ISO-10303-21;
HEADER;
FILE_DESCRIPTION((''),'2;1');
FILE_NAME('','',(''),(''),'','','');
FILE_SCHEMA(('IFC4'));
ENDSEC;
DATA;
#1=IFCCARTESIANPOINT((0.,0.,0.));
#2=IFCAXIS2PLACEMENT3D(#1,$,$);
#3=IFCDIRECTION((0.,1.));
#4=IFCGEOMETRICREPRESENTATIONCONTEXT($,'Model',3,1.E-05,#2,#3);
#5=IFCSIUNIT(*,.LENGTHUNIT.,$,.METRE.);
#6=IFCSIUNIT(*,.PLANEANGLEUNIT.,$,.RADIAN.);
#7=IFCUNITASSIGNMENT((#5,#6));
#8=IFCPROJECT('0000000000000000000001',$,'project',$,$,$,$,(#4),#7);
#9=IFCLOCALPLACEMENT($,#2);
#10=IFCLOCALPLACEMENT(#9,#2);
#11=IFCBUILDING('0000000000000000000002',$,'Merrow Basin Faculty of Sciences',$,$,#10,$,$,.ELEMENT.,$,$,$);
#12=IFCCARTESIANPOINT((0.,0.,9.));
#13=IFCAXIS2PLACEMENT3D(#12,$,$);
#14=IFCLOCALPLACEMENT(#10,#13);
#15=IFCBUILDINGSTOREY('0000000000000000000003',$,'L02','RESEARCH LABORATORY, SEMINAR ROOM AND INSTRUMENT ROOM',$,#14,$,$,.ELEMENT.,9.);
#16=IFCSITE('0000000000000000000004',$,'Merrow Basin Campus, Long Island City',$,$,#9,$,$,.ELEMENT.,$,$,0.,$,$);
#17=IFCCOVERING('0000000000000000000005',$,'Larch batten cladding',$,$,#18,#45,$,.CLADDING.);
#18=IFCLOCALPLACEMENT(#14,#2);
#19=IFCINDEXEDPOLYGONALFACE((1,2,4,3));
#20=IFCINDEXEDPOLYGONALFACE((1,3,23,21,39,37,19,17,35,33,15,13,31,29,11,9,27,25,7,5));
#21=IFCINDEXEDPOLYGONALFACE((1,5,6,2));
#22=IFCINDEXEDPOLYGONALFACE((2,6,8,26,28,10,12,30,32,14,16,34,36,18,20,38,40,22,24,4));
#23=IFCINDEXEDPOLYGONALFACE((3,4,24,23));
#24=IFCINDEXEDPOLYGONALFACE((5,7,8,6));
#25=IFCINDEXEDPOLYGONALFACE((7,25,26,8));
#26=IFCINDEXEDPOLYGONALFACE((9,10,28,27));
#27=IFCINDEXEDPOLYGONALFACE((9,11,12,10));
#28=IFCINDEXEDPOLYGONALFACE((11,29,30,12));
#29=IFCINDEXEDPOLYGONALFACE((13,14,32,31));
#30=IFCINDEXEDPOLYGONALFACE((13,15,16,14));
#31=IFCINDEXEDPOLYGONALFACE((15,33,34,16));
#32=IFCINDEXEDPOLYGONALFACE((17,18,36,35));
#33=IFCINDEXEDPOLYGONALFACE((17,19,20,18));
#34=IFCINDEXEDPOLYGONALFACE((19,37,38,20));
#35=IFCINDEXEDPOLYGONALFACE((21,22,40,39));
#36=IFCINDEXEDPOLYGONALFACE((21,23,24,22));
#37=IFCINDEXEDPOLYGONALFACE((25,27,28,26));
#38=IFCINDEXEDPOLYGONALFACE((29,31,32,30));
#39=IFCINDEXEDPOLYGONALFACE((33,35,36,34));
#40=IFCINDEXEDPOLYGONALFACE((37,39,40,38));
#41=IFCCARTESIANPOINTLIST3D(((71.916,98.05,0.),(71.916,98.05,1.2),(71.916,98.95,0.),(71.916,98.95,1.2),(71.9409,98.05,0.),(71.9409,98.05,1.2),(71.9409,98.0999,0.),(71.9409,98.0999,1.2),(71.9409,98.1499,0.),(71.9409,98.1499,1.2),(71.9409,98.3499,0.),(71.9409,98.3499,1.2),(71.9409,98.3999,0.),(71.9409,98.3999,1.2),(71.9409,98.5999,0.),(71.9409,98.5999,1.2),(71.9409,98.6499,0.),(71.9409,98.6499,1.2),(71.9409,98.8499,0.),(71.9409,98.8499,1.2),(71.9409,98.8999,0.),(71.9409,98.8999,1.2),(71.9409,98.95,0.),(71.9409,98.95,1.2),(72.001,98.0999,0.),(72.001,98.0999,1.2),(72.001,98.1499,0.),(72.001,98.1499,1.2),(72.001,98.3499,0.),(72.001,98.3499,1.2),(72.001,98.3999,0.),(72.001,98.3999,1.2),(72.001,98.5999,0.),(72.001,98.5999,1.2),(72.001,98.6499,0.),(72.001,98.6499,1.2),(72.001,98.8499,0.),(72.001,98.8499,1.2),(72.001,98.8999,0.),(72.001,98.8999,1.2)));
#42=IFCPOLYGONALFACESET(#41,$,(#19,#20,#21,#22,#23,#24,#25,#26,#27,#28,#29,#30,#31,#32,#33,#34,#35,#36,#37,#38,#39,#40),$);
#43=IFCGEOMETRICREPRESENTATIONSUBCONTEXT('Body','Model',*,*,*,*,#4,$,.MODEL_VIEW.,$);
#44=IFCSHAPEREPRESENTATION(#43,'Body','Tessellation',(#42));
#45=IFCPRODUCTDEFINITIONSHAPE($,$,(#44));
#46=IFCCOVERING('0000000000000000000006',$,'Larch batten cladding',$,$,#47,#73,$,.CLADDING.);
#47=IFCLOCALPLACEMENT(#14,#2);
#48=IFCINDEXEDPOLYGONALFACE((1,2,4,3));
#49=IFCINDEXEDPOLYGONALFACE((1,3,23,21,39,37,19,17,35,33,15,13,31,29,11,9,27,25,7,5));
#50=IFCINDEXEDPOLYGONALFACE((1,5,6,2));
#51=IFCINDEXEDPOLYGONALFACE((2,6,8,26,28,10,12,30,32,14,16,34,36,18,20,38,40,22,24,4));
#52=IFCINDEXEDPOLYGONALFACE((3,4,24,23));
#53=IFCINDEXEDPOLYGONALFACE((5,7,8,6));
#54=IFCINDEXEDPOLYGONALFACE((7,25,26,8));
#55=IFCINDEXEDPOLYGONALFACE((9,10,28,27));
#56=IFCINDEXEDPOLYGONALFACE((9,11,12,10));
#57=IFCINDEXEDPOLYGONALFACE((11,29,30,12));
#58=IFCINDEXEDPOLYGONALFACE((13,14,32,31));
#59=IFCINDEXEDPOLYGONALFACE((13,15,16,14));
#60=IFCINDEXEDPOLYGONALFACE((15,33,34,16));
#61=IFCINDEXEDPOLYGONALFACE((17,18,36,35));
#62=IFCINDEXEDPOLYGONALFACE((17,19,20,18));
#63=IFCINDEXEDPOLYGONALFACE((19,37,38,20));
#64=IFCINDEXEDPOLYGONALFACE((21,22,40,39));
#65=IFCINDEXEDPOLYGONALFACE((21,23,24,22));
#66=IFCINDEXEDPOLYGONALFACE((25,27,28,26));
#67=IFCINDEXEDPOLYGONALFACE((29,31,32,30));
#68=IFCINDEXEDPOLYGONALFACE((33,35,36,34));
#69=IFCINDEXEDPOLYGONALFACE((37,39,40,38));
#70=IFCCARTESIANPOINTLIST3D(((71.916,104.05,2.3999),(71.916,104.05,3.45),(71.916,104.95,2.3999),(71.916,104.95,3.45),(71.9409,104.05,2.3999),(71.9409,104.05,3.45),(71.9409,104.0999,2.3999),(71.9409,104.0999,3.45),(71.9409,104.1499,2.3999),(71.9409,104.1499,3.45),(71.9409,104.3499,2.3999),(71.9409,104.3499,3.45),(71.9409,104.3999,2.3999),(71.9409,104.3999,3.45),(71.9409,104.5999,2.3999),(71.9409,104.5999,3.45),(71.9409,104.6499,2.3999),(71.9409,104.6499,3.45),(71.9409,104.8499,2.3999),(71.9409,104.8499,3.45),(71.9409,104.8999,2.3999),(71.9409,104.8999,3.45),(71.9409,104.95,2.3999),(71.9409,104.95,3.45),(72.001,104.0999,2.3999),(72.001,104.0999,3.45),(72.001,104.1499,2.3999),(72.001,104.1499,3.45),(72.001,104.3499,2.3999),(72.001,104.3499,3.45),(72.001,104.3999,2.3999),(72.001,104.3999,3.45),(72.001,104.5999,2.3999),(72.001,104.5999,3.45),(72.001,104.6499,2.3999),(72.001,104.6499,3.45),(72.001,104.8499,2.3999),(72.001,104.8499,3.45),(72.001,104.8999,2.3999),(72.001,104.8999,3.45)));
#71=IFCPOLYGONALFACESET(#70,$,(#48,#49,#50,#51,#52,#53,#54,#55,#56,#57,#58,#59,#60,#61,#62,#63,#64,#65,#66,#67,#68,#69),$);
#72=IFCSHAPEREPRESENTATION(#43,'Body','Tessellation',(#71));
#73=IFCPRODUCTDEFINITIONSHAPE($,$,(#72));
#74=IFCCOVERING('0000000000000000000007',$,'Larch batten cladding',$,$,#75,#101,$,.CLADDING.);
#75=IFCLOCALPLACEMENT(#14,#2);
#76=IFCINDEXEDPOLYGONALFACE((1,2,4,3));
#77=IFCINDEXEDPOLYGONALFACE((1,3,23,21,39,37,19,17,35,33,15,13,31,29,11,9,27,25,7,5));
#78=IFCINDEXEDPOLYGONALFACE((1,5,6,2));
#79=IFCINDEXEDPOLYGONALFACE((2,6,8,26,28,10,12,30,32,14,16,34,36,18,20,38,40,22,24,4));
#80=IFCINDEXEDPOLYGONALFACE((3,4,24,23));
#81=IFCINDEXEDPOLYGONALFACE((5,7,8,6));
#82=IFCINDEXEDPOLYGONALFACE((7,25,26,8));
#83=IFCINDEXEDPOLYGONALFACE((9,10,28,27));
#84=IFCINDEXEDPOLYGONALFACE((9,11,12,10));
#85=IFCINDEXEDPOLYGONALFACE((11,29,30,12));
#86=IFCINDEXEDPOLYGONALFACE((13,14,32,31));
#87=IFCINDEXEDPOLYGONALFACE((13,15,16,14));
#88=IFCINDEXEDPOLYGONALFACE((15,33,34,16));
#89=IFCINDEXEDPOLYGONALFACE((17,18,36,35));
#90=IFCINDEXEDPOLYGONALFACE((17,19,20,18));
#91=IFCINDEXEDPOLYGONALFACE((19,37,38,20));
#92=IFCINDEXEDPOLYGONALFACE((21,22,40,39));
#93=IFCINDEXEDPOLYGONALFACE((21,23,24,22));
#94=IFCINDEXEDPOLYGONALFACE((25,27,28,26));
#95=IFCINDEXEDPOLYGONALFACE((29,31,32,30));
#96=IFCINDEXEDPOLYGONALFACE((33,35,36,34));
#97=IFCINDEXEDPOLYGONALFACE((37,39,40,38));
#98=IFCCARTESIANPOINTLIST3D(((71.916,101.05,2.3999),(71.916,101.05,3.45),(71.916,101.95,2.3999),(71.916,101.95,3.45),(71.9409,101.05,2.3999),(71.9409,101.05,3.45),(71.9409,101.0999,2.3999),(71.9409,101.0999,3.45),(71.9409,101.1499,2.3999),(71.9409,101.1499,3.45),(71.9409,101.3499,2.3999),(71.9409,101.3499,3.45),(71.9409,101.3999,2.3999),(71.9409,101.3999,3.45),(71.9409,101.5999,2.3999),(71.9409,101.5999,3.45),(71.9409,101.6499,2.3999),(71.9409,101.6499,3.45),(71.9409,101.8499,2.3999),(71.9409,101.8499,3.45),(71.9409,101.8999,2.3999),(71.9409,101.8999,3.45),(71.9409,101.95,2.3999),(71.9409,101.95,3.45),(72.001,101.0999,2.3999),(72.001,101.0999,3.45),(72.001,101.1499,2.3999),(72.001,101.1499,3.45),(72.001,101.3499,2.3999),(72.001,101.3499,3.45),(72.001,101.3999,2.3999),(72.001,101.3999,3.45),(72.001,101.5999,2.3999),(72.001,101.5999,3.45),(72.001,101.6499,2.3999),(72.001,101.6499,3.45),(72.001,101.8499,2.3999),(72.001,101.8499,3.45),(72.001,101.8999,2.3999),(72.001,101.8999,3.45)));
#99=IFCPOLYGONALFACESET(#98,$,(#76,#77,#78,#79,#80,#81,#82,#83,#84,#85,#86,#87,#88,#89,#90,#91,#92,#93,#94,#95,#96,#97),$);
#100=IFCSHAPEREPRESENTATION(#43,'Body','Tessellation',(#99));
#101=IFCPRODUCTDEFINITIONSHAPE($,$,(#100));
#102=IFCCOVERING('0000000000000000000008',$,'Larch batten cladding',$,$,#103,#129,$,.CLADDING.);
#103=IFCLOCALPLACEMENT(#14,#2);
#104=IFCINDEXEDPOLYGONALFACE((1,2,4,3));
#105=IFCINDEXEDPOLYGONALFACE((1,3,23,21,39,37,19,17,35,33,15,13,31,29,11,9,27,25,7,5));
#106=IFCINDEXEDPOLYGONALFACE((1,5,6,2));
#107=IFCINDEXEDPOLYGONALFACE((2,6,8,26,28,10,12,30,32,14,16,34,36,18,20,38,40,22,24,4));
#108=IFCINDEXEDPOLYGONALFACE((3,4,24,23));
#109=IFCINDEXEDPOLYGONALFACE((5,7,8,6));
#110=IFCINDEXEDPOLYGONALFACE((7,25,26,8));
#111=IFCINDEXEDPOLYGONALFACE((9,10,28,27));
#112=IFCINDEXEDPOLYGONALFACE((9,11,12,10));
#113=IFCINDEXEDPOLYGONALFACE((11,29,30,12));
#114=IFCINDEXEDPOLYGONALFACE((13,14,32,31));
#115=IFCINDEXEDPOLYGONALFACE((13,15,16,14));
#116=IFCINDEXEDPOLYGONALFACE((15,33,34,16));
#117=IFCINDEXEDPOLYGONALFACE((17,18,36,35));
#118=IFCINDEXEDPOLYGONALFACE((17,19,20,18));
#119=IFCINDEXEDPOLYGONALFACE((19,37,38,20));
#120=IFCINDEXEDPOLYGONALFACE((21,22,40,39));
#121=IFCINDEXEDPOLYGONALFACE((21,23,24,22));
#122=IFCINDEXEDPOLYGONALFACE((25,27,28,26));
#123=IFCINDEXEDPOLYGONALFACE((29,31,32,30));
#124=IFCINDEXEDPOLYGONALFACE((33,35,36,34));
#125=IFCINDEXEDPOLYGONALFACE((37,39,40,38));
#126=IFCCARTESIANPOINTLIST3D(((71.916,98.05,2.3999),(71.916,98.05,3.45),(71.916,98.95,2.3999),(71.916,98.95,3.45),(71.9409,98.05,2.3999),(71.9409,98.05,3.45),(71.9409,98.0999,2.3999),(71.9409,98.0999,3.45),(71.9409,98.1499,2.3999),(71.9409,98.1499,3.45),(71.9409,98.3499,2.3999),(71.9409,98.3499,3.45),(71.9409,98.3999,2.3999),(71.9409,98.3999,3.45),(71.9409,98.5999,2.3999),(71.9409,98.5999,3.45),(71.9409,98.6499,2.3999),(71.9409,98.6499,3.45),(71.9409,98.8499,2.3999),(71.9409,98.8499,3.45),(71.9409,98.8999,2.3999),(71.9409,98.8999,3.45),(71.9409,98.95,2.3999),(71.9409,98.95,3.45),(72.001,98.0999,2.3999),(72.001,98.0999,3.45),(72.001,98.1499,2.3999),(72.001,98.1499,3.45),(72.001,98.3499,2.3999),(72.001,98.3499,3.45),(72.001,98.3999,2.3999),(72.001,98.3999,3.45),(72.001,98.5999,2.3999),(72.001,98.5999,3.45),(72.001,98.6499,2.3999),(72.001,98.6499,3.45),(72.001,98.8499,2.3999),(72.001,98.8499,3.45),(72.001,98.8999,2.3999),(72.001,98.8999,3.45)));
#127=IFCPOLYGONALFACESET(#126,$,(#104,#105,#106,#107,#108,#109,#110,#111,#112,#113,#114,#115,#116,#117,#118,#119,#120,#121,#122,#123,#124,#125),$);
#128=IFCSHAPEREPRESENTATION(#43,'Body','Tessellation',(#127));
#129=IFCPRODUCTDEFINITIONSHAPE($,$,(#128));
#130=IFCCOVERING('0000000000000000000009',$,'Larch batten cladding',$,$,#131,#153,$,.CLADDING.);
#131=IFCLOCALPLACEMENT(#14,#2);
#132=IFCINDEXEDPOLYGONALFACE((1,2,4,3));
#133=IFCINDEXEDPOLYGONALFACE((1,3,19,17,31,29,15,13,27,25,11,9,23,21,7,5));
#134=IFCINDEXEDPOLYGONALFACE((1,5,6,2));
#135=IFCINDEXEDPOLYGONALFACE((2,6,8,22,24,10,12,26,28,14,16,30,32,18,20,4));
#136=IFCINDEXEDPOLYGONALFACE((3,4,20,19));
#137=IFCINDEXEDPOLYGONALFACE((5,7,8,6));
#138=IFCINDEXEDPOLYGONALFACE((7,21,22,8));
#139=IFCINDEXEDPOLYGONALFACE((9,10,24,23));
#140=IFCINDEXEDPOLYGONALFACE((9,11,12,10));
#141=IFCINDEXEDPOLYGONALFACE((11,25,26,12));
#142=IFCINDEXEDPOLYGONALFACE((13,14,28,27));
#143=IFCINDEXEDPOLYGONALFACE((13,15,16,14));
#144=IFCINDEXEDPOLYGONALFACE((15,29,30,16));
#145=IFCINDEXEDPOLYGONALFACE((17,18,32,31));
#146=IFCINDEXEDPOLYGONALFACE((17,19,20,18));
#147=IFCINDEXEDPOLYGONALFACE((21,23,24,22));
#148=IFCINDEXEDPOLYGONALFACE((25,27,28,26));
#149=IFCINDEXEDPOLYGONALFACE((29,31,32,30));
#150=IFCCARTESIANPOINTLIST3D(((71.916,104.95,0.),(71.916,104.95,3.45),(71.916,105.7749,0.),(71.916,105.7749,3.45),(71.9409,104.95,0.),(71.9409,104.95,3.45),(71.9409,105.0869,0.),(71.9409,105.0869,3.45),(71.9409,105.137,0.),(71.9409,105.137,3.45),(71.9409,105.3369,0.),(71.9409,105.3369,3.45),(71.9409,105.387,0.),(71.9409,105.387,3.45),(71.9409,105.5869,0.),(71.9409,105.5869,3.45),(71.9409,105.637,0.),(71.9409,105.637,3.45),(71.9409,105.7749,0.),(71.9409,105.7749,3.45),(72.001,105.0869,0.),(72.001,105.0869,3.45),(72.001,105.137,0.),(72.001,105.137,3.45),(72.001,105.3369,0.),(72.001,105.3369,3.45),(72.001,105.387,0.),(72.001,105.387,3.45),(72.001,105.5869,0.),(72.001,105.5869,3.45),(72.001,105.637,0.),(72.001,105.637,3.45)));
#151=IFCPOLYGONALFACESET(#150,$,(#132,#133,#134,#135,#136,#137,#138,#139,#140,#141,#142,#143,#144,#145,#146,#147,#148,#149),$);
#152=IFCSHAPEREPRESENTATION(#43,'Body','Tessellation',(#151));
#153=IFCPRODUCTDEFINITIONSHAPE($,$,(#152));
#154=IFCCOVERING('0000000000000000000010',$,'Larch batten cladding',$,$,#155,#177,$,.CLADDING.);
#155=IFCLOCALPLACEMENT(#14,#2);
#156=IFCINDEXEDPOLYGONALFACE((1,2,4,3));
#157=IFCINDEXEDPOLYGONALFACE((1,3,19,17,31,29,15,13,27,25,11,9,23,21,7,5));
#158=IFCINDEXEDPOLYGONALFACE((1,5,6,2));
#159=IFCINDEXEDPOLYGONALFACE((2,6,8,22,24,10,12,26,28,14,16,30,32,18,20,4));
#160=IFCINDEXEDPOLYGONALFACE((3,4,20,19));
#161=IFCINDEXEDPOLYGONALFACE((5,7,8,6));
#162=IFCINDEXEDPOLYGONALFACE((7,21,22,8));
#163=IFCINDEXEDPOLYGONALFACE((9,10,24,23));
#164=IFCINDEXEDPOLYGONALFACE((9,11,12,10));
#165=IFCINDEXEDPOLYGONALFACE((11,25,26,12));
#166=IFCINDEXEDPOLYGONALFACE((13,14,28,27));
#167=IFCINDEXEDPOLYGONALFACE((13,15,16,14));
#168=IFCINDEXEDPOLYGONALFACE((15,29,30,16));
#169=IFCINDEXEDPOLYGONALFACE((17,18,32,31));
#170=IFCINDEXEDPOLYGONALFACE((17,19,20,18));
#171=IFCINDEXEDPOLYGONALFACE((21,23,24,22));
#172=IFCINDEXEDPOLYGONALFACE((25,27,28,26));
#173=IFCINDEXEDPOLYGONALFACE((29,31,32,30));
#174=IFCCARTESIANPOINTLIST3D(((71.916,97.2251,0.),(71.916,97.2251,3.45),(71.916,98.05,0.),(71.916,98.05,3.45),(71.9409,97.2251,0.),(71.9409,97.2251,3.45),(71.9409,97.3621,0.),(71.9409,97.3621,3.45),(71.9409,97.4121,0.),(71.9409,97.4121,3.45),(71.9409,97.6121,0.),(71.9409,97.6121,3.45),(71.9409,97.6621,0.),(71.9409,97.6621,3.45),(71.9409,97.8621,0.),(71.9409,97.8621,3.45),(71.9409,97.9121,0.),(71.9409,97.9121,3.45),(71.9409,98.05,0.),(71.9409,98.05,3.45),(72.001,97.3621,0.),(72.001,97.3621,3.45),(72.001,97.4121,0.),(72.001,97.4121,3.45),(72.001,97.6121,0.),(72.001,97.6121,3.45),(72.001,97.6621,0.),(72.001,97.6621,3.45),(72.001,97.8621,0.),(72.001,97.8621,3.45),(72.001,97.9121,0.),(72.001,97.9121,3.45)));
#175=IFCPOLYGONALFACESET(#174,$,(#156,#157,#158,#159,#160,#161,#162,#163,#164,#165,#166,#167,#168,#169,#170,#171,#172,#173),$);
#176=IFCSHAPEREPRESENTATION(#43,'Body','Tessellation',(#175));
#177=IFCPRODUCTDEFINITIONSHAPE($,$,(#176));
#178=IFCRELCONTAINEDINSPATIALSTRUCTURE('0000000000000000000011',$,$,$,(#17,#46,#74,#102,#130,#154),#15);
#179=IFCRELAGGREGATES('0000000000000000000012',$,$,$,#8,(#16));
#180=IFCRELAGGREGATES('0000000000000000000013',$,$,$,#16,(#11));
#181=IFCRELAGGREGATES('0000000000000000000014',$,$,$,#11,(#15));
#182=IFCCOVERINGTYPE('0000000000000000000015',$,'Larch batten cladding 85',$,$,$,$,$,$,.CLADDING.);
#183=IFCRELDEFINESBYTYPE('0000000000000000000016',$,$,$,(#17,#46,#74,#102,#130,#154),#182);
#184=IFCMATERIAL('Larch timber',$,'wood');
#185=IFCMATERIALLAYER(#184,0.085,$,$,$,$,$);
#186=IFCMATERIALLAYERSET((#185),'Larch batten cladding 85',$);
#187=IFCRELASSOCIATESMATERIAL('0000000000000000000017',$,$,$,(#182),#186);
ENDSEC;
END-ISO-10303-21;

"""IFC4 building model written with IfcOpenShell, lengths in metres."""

from ifc_helpers import new_model, si_unit, direction, frame, origin, place, context, subcontext, project, spatial, polyline, outline, extrude, source, transform, mapped, material, layer, layer_set, type_object, element, save


model = new_model("IFC4")

# Units and contexts
model_context = context("Model", 3, precision=1e-05, world=origin(), true_north=direction((0.0, 1.0)))
body_context = subcontext(model_context, "Body", "Model", "MODEL_VIEW")
ifc_project = project(units=[si_unit("LENGTHUNIT", "METRE"), si_unit("PLANEANGLEUNIT", "RADIAN")], contexts=[model_context])

# Site, building, storey
site_placement = place(None, origin())
site = spatial("IfcSite", under=ifc_project, at=site_placement, Name="Merrow Basin Campus, Long Island City", CompositionType="ELEMENT", RefElevation=0.0)
building_placement = place(site_placement, origin())
building = spatial("IfcBuilding", under=site, at=building_placement, Name="Merrow Basin Faculty of Sciences", CompositionType="ELEMENT")
storey_placement = place(building_placement, frame((0.0, 0.0, 9.0)))
storey = spatial("IfcBuildingStorey", under=building, at=storey_placement, Name="L02", Description="RESEARCH LABORATORY, SEMINAR ROOM AND INSTRUMENT ROOM", CompositionType="ELEMENT", Elevation=9.0)

# Coverings
ifc_material_1 = material(Name="Larch timber", Category="wood")
ifc_layer_1 = layer(ifc_material_1, 0.085)
ifc_layer_set_1 = layer_set([ifc_layer_1], Name="Larch batten cladding 85")
covering_type = type_object("IfcCoveringType", Name="Larch batten cladding 85", PredefinedType="CLADDING", material=ifc_layer_set_1)
shared_shape_1 = source(origin(), body_context, "Body", "SweptSolid", [
    extrude(outline(polyline([(0.0, 0.0), (0.8999, 0.0), (0.8999, 0.0249), (0.8501, 0.0249), (0.8501, 0.085), (0.8, 0.085), (0.8, 0.0249), (0.6001, 0.0249), (0.6001, 0.085), (0.55, 0.085), (0.55, 0.0249), (0.3501, 0.0249), (0.3501, 0.085), (0.3, 0.085), (0.3, 0.0249), (0.1001, 0.0249), (0.1001, 0.085), (0.05, 0.085), (0.05, 0.0249), (0.0, 0.0249), (0.0, 0.0)])), origin(), (0.0, 0.0, 1.0), 1.2),
])
for number, where, z_axis, x_axis, name in (
    (1, (71.916, 98.95, 0.0), (0.0, 0.0, 1.0), (0.0, -1.0, 0.0), "Larch batten cladding"),
):
    element("IfcCovering", number, at=place(storey_placement, frame(where, z_axis=z_axis, x_axis=x_axis)), inside=storey, type_object=covering_type, Name=name, PredefinedType="CLADDING", context=body_context, shape_type="MappedRepresentation", body=[
        mapped(shared_shape_1, transform((0.0, 0.0, 0.0), scale=1.0)),
    ])
shared_shape_2 = source(origin(), body_context, "Body", "SweptSolid", [
    extrude(outline(polyline([(0.0, 0.0), (0.8999, 0.0), (0.8999, 0.0249), (0.8501, 0.0249), (0.8501, 0.085), (0.8, 0.085), (0.8, 0.0249), (0.6001, 0.0249), (0.6001, 0.085), (0.55, 0.085), (0.55, 0.0249), (0.3501, 0.0249), (0.3501, 0.085), (0.3, 0.085), (0.3, 0.0249), (0.1001, 0.0249), (0.1001, 0.085), (0.05, 0.085), (0.05, 0.0249), (0.0, 0.0249), (0.0, 0.0)])), origin(), (0.0, 0.0, 1.0), 1.05),
])
for number, where, z_axis, x_axis, name in (
    (2, (71.916, 104.95, 2.3999), (0.0, 0.0, 1.0), (0.0, -1.0, 0.0), "Larch batten cladding"),
    (3, (71.916, 101.95, 2.3999), (0.0, 0.0, 1.0), (0.0, -1.0, 0.0), "Larch batten cladding"),
    (4, (71.916, 98.95, 2.3999), (0.0, 0.0, 1.0), (0.0, -1.0, 0.0), "Larch batten cladding"),
):
    element("IfcCovering", number, at=place(storey_placement, frame(where, z_axis=z_axis, x_axis=x_axis)), inside=storey, type_object=covering_type, Name=name, PredefinedType="CLADDING", context=body_context, shape_type="MappedRepresentation", body=[
        mapped(shared_shape_2, transform((0.0, 0.0, 0.0), scale=1.0)),
    ])
shared_shape_3 = source(origin(), body_context, "Body", "SweptSolid", [
    extrude(outline(polyline([(0.0, 0.0), (0.825, 0.0), (0.825, 0.0249), (0.688, 0.0249), (0.688, 0.085), (0.6379, 0.085), (0.6379, 0.0249), (0.438, 0.0249), (0.438, 0.085), (0.3879, 0.085), (0.3879, 0.0249), (0.188, 0.0249), (0.188, 0.085), (0.1379, 0.085), (0.1379, 0.0249), (0.0, 0.0249), (0.0, 0.0)])), origin(), (0.0, 0.0, 1.0), 3.45),
])
for number, where, z_axis, x_axis, name in (
    (5, (71.916, 105.7749, 0.0), (0.0, 0.0, 1.0), (0.0, -1.0, 0.0), "Larch batten cladding"),
    (6, (71.916, 98.05, 0.0), (0.0, 0.0, 1.0), (0.0, -1.0, 0.0), "Larch batten cladding"),
):
    element("IfcCovering", number, at=place(storey_placement, frame(where, z_axis=z_axis, x_axis=x_axis)), inside=storey, type_object=covering_type, Name=name, PredefinedType="CLADDING", context=body_context, shape_type="MappedRepresentation", body=[
        mapped(shared_shape_3, transform((0.0, 0.0, 0.0), scale=1.0)),
    ])

save(model, "model.ifc")
